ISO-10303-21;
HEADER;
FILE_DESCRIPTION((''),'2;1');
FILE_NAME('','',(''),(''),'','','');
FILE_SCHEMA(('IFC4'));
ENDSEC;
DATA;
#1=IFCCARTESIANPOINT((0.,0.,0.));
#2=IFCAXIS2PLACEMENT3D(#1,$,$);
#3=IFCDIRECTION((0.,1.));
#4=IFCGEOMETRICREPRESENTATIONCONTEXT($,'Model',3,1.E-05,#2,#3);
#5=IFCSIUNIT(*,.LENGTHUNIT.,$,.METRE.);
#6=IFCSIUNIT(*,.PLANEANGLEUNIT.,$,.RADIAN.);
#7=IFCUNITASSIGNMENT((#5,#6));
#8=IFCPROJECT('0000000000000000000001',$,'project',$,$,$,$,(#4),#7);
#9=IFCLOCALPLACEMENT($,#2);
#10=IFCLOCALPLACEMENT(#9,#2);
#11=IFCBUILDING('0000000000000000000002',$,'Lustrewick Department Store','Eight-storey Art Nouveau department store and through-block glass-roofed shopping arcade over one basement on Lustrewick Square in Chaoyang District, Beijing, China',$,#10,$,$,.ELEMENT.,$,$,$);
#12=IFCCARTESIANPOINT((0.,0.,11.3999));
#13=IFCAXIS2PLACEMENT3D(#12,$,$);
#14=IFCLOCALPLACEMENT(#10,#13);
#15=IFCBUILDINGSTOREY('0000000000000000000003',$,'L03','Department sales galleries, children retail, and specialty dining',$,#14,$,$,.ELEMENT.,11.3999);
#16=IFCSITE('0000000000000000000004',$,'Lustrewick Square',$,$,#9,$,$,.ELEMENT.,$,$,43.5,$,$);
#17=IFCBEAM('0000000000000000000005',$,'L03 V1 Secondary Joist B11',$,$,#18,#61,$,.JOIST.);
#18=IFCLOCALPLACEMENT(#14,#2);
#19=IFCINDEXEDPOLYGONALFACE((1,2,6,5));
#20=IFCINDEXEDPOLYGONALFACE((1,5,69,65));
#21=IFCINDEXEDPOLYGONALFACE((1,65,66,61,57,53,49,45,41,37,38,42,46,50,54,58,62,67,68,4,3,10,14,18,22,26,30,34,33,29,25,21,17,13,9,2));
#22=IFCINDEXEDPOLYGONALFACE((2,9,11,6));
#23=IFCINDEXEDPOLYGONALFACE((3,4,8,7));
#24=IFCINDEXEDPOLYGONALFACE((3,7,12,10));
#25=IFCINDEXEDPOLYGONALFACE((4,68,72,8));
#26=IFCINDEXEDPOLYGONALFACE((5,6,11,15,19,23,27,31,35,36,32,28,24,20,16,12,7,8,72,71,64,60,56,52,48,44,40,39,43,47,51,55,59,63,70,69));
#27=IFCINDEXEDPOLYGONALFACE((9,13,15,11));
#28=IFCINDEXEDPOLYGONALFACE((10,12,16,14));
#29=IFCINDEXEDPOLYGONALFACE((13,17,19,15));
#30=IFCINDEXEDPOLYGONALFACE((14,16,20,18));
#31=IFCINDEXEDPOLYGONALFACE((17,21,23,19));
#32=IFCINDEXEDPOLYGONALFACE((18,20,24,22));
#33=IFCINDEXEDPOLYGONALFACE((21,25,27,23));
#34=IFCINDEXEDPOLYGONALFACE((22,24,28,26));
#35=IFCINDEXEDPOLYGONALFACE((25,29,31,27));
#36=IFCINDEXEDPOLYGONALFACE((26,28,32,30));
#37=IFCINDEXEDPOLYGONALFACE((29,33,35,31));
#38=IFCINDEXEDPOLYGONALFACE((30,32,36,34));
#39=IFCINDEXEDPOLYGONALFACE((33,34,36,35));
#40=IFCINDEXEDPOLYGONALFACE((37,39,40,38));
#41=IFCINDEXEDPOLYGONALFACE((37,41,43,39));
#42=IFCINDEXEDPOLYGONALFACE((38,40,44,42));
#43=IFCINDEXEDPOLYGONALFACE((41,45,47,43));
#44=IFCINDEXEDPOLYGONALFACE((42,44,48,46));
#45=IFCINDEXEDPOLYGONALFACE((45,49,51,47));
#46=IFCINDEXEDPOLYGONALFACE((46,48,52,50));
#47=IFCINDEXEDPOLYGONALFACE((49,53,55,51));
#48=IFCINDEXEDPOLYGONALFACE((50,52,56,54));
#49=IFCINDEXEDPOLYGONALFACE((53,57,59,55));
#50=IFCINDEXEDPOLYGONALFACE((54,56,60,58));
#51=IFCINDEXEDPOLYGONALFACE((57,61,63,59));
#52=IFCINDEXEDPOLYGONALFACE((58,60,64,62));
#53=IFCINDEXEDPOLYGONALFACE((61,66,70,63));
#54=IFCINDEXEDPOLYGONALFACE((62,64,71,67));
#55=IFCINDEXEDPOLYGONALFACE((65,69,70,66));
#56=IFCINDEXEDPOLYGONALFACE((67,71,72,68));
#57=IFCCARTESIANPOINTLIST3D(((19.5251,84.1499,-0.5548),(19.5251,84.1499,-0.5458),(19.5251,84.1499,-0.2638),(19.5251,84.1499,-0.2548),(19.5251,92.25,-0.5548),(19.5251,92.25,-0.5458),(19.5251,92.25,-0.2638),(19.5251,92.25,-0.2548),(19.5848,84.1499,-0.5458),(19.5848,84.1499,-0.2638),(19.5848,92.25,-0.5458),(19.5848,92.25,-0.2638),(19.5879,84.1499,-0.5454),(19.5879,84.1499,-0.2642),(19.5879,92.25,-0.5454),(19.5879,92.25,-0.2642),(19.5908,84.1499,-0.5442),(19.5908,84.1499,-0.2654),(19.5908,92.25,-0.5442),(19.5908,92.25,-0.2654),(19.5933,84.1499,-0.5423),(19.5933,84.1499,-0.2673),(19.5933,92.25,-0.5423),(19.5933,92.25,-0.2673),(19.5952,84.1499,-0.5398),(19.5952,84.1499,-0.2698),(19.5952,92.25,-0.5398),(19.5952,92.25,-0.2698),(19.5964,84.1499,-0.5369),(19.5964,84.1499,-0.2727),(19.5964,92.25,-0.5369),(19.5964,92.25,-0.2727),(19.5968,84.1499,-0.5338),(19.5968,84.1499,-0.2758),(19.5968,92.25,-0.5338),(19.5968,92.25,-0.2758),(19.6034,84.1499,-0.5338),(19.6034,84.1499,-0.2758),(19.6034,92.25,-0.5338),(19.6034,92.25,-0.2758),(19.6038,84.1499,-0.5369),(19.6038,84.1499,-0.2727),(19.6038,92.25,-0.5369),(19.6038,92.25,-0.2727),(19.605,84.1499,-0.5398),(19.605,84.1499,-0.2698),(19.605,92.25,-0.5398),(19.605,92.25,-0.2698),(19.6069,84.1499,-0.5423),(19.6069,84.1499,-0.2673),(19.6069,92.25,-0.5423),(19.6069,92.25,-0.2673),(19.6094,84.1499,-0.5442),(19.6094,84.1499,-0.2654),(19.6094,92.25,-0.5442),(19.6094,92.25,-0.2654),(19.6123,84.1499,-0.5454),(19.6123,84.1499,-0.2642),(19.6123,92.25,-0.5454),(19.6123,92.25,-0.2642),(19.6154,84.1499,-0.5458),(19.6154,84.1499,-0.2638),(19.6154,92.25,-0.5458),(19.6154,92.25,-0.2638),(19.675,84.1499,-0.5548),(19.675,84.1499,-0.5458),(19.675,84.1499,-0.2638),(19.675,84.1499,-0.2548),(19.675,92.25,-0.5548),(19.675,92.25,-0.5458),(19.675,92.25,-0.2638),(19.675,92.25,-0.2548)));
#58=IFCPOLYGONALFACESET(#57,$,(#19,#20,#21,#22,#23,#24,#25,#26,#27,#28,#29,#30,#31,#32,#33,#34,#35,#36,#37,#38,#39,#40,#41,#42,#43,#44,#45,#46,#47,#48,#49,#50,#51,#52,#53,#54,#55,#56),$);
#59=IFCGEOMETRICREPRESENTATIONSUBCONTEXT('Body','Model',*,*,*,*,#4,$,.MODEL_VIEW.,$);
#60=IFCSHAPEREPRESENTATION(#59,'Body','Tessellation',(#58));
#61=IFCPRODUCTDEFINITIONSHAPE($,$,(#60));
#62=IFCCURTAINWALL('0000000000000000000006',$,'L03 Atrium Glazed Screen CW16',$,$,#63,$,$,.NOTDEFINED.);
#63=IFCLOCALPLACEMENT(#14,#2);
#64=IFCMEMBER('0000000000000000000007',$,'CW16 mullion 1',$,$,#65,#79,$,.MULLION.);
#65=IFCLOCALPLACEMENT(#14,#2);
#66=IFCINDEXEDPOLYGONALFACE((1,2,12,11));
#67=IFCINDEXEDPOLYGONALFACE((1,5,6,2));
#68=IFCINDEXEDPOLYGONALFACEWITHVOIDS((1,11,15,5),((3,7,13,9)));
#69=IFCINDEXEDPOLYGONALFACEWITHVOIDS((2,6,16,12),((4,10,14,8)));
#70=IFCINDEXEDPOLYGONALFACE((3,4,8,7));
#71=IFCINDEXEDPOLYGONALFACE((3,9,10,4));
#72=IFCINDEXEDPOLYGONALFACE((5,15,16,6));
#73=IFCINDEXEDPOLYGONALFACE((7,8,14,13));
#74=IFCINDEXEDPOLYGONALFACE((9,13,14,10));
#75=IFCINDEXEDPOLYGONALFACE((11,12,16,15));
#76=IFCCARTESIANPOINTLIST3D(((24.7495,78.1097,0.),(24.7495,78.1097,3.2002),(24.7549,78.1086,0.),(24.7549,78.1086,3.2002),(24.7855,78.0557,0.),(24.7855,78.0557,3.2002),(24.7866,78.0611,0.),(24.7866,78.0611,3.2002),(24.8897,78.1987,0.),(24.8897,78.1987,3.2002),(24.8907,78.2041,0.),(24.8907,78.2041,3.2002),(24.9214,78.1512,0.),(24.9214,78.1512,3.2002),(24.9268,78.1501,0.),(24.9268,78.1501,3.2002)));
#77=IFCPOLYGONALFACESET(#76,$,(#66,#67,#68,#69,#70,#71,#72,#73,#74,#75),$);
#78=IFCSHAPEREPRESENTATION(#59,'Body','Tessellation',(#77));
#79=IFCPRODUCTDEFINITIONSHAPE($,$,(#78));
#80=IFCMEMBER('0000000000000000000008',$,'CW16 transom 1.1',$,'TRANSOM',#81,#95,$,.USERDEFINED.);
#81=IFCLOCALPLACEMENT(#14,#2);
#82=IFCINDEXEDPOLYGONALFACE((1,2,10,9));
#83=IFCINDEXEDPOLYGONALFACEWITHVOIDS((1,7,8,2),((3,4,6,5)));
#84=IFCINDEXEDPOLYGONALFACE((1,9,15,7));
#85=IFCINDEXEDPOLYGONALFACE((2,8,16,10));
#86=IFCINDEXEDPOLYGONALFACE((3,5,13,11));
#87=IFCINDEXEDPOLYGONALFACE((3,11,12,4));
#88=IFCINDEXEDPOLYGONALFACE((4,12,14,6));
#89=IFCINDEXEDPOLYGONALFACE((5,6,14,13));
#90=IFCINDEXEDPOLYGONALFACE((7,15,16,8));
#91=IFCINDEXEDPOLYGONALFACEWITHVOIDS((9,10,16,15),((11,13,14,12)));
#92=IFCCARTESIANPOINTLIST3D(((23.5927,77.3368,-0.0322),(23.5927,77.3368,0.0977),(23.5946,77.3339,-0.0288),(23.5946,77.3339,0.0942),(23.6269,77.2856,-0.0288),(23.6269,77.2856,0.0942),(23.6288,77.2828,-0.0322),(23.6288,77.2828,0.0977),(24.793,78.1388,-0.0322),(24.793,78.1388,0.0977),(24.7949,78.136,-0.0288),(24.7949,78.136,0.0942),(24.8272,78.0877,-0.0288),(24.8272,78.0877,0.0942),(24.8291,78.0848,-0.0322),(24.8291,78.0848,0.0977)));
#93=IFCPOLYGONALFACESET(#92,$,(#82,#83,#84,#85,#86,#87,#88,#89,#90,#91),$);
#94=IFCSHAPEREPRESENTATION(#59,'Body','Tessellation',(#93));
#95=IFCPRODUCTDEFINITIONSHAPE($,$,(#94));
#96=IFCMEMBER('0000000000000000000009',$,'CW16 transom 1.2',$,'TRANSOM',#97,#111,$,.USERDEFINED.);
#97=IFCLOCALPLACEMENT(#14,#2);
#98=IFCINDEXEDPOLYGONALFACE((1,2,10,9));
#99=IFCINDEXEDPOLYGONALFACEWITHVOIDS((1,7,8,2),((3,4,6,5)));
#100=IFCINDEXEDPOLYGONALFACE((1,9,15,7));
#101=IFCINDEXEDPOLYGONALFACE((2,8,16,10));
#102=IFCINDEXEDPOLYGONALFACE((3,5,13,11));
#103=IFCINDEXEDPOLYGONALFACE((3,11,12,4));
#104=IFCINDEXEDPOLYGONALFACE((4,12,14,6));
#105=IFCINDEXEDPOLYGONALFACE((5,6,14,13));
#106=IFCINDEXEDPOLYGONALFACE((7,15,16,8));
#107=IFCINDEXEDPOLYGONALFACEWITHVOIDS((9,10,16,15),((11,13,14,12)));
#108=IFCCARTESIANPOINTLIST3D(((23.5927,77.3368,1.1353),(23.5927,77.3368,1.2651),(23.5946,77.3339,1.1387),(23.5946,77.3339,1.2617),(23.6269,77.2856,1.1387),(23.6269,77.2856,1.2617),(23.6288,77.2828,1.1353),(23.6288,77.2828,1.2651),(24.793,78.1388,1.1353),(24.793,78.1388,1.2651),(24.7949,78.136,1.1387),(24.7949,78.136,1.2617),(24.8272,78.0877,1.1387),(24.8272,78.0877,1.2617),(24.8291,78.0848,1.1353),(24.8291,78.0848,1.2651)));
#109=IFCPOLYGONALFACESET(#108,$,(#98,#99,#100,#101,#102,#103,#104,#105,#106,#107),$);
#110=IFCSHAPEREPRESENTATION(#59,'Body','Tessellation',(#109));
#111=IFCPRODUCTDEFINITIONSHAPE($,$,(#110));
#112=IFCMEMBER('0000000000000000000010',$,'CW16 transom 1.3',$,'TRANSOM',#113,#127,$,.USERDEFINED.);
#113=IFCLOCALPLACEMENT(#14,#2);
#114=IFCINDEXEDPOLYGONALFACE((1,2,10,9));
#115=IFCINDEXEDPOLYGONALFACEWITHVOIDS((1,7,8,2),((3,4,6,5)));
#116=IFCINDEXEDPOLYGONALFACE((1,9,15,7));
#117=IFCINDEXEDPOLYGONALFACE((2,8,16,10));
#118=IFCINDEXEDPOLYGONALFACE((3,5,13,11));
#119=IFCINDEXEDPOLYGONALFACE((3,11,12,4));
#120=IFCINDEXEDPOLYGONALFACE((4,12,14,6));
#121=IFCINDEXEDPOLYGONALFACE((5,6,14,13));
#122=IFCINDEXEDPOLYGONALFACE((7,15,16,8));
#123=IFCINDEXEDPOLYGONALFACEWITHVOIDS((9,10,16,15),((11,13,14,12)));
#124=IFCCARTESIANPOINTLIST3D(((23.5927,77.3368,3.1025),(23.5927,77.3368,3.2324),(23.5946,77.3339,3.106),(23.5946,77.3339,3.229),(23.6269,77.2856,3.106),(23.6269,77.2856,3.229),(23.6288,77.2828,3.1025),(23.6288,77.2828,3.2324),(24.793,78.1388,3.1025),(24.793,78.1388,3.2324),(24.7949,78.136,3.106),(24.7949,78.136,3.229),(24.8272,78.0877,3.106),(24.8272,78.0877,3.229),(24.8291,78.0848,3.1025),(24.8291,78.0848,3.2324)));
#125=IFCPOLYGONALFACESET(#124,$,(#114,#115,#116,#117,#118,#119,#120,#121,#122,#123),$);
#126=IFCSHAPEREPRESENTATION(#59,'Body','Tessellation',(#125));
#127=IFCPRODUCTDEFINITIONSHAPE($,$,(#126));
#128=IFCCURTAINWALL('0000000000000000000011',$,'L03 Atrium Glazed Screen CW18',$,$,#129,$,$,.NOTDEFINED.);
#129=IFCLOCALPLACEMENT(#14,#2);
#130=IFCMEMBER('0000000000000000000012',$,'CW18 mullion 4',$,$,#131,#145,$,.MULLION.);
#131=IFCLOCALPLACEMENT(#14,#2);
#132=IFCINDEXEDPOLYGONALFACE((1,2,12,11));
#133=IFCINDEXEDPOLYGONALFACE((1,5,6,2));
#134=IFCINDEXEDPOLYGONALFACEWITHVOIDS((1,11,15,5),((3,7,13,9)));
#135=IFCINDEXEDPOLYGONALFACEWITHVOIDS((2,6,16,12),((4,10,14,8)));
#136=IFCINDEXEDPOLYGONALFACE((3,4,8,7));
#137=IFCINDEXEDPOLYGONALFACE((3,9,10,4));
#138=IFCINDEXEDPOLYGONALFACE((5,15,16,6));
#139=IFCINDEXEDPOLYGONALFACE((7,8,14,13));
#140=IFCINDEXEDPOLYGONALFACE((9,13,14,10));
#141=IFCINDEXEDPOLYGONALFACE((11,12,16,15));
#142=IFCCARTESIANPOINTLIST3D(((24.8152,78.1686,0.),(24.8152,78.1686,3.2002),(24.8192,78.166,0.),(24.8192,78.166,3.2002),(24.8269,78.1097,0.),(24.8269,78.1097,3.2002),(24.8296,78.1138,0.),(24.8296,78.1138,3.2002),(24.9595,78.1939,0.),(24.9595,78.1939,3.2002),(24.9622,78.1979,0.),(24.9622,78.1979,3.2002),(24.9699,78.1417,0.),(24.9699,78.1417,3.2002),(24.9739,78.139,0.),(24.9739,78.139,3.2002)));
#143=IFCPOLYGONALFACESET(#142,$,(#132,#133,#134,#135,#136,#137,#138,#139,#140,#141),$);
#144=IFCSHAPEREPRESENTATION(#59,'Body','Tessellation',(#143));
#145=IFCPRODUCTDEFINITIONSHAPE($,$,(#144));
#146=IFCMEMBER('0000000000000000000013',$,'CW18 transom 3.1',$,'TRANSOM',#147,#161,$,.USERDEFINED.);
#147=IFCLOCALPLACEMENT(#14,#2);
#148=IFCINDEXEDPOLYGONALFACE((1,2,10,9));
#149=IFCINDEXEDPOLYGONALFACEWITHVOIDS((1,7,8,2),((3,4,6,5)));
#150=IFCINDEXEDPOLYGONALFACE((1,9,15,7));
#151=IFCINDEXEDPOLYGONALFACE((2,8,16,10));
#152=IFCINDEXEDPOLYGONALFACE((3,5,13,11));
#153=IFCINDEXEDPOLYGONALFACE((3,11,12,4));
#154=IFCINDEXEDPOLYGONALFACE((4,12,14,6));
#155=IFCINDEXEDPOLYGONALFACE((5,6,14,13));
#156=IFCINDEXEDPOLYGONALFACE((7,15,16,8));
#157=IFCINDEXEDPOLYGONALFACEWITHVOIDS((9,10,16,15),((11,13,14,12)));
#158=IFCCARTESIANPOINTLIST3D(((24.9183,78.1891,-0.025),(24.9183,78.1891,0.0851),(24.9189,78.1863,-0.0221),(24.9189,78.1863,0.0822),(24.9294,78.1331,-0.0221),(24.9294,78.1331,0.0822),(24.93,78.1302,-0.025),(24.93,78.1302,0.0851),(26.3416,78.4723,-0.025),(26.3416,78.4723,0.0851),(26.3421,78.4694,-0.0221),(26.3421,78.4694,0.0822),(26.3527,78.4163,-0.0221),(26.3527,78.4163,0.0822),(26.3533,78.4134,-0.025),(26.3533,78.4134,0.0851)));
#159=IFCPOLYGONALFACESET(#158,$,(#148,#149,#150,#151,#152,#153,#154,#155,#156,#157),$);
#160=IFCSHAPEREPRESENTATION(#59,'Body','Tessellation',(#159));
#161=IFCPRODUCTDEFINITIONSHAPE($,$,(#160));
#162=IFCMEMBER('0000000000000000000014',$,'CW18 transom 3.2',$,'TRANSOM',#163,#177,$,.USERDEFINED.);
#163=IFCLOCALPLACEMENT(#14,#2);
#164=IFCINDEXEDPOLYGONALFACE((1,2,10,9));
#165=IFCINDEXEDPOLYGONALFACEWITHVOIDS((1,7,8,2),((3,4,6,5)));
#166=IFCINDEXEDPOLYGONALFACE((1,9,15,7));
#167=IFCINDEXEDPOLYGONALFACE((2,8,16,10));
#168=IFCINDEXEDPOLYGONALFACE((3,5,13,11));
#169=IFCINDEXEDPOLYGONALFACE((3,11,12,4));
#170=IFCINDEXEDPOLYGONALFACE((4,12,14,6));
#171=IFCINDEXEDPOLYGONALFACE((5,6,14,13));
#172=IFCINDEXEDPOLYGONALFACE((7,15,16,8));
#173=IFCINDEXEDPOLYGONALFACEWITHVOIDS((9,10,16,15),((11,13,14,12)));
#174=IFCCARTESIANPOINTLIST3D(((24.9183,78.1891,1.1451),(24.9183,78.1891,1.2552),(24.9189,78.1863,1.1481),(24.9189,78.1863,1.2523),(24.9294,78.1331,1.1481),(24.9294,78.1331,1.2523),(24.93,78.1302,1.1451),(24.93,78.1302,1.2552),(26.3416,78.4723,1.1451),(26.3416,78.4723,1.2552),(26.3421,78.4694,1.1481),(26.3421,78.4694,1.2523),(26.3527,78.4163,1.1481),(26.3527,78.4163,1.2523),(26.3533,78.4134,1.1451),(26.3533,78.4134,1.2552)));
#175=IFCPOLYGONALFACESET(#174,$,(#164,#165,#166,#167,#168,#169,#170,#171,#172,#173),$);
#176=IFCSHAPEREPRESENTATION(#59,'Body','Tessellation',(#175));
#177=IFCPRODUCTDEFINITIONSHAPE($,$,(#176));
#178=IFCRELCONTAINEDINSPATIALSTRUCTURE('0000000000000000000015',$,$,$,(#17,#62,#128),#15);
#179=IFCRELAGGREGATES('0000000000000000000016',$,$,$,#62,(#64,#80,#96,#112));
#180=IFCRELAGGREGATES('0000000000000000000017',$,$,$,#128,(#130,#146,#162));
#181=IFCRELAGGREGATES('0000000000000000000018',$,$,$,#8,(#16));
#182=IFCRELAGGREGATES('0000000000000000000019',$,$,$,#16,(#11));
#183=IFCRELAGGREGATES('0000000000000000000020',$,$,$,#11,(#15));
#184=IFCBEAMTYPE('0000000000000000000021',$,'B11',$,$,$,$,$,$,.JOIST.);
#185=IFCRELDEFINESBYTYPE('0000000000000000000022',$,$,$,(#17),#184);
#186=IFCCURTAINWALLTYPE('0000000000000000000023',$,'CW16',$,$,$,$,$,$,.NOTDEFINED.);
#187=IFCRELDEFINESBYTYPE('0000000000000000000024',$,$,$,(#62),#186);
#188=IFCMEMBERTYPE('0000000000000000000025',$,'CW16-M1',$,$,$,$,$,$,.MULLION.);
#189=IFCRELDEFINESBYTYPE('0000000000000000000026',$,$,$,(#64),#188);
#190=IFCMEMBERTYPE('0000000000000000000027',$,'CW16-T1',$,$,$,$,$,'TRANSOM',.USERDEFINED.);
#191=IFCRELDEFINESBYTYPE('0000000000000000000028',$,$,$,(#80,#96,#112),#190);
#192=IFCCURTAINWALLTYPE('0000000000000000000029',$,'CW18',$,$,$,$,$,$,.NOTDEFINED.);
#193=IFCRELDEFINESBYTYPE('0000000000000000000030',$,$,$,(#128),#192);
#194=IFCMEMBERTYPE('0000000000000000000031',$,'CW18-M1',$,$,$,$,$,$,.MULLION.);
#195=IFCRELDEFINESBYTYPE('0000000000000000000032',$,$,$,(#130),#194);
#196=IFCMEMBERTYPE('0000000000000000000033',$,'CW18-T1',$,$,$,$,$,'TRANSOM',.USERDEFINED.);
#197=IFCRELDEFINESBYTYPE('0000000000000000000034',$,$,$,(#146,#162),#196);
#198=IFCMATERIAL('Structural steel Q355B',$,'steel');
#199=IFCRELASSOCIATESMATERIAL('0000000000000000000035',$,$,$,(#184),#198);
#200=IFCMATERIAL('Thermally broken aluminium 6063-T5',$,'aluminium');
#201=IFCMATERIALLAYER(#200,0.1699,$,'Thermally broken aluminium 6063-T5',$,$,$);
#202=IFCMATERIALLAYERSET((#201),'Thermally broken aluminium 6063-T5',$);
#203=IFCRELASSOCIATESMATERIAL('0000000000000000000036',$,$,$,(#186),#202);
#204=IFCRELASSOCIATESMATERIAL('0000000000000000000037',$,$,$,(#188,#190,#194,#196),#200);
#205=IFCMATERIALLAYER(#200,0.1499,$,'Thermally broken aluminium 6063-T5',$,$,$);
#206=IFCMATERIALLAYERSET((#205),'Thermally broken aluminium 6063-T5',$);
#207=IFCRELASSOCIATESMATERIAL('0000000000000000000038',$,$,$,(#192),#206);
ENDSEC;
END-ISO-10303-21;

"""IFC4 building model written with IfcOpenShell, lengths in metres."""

from ifc_helpers import new_model, si_unit, direction, frame, origin, origin_2d, place, context, subcontext, project, spatial, hollow_rectangle, i_section, extrude, material, layer, layer_set, material_profile, profile_set, type_object, element, aggregate, save


model = new_model("IFC4")

# Units and contexts
model_context = context("Model", 3, precision=1e-05, world=origin(), true_north=direction((0.0, 1.0)))
body_context = subcontext(model_context, "Body", "Model", "MODEL_VIEW")
ifc_project = project(units=[si_unit("LENGTHUNIT", "METRE"), si_unit("PLANEANGLEUNIT", "RADIAN")], contexts=[model_context])

# Site, building, storey
site_placement = place(None, origin())
site = spatial("IfcSite", under=ifc_project, at=site_placement, Name="Lustrewick Square", CompositionType="ELEMENT", RefElevation=43.5)
building_placement = place(site_placement, origin())
building = spatial("IfcBuilding", under=site, at=building_placement, Name="Lustrewick Department Store", Description="Eight-storey Art Nouveau department store and through-block glass-roofed shopping arcade over one basement on Lustrewick Square in Chaoyang District, Beijing, China", CompositionType="ELEMENT")
storey_placement = place(building_placement, frame((0.0, 0.0, 11.3999)))
storey = spatial("IfcBuildingStorey", under=building, at=storey_placement, Name="L03", Description="Department sales galleries, children retail, and specialty dining", CompositionType="ELEMENT", Elevation=11.3999)

# Shared definitions
ifc_material_1 = material(Name="Structural steel Q355B", Category="steel")

# Beam
ifc_material_profile_1 = material_profile(ifc_material_1, i_section(OverallWidth=0.1499, OverallDepth=0.3, WebThickness=0.0066, FlangeThickness=0.009, FilletRadius=0.012, at=origin_2d()), Name="HN 300x150x6.5x9")
ifc_profile_set_1 = profile_set([ifc_material_profile_1], Name="Structural steel Q355B")
beam_type_1 = type_object("IfcBeamType", Name="B11", PredefinedType="JOIST", material=ifc_profile_set_1)
beam_1_placement = place(storey_placement, frame((19.6001, 84.1499, -0.4048), z_axis=(0.0, 1.0, 0.0), x_axis=(-1.0, 0.0, 0.0)))
element("IfcBeam", 1, at=beam_1_placement, inside=storey, type_object=beam_type_1, Name="L03 V1 Secondary Joist B11", PredefinedType="JOIST", context=body_context, shape_type="SweptSolid", body=[
    extrude(i_section(OverallWidth=0.1499, OverallDepth=0.3, WebThickness=0.0066, FlangeThickness=0.009, FilletRadius=0.012, at=origin_2d()), origin(), (0.0, 0.0, 1.0), 8.1001),
])

# Curtain walls, members
ifc_material_2 = material(Name="Thermally broken aluminium 6063-T5", Category="aluminium")
ifc_layer_1 = layer(ifc_material_2, 0.1699, Name="Thermally broken aluminium 6063-T5")
ifc_layer_set_1 = layer_set([ifc_layer_1], Name="Thermally broken aluminium 6063-T5")
curtain_wall_type_1 = type_object("IfcCurtainWallType", Name="CW16", PredefinedType="NOTDEFINED", material=ifc_layer_set_1)
curtain_wall_1_placement = place(storey_placement, origin())
curtain_wall_1 = element("IfcCurtainWall", 2, at=curtain_wall_1_placement, inside=storey, type_object=curtain_wall_type_1, Name="L03 Atrium Glazed Screen CW16", PredefinedType="NOTDEFINED")
ifc_material_profile_2 = material_profile(ifc_material_2, hollow_rectangle(XDim=0.0649, YDim=0.1699, WallThickness=0.0039, at=origin_2d()), Name="ALU-M 65x170x4")
ifc_profile_set_2 = profile_set([ifc_material_profile_2], Name="Thermally broken aluminium 6063-T5")
member_type_1 = type_object("IfcMemberType", Name="CW16-M1", PredefinedType="MULLION", material=ifc_profile_set_2)
member_1_placement = place(storey_placement, frame((24.8381, 78.1299, 0.0), z_axis=(0.0, 0.0, 1.0), x_axis=(0.555578, -0.831464, 0.0)))
member_1 = element("IfcMember", 3, at=member_1_placement, type_object=member_type_1, Name="CW16 mullion 1", PredefinedType="MULLION", context=body_context, shape_type="SweptSolid", body=[
    extrude(hollow_rectangle(XDim=0.0649, YDim=0.1699, WallThickness=0.0039, at=origin_2d()), origin(), (0.0, 0.0, 1.0), 3.2002),
])
ifc_material_profile_3 = material_profile(ifc_material_2, hollow_rectangle(XDim=0.0649, YDim=0.1299, WallThickness=0.0034, at=origin_2d()), Name="ALU-T 65x130x3.5")
ifc_profile_set_3 = profile_set([ifc_material_profile_3], Name="Thermally broken aluminium 6063-T5")
member_type_2 = type_object("IfcMemberType", Name="CW16-T1", ElementType="TRANSOM", PredefinedType="USERDEFINED", material=ifc_profile_set_3)
member_2_placement = place(storey_placement, frame((24.811, 78.1118, 0.0327), z_axis=(-0.831451, -0.555598, 0.0), x_axis=(0.555598, -0.831451, 0.0)))
member_2 = element("IfcMember", 4, at=member_2_placement, type_object=member_type_2, Name="CW16 transom 1.1", ObjectType="TRANSOM", PredefinedType="USERDEFINED", context=body_context, shape_type="SweptSolid", body=[
    extrude(hollow_rectangle(XDim=0.0649, YDim=0.1299, WallThickness=0.0034, at=origin_2d()), origin(), (0.0, 0.0, 1.0), 1.4436),
])
member_3_placement = place(storey_placement, frame((24.811, 78.1118, 1.2002), z_axis=(-0.831451, -0.555598, 0.0), x_axis=(0.555598, -0.831451, 0.0)))
member_3 = element("IfcMember", 5, at=member_3_placement, type_object=member_type_2, Name="CW16 transom 1.2", ObjectType="TRANSOM", PredefinedType="USERDEFINED", context=body_context, shape_type="SweptSolid", body=[
    extrude(hollow_rectangle(XDim=0.0649, YDim=0.1299, WallThickness=0.0034, at=origin_2d()), origin(), (0.0, 0.0, 1.0), 1.4436),
])
member_4_placement = place(storey_placement, frame((24.811, 78.1118, 3.1675), z_axis=(-0.831451, -0.555598, 0.0), x_axis=(0.555598, -0.831451, 0.0)))
member_4 = element("IfcMember", 6, at=member_4_placement, type_object=member_type_2, Name="CW16 transom 1.3", ObjectType="TRANSOM", PredefinedType="USERDEFINED", context=body_context, shape_type="SweptSolid", body=[
    extrude(hollow_rectangle(XDim=0.0649, YDim=0.1299, WallThickness=0.0034, at=origin_2d()), origin(), (0.0, 0.0, 1.0), 1.4436),
])
aggregate(curtain_wall_1, [member_1, member_2, member_3, member_4])
ifc_layer_2 = layer(ifc_material_2, 0.1499, Name="Thermally broken aluminium 6063-T5")
ifc_layer_set_2 = layer_set([ifc_layer_2], Name="Thermally broken aluminium 6063-T5")
curtain_wall_type_2 = type_object("IfcCurtainWallType", Name="CW18", PredefinedType="NOTDEFINED", material=ifc_layer_set_2)
curtain_wall_2_placement = place(storey_placement, origin())
curtain_wall_2 = element("IfcCurtainWall", 7, at=curtain_wall_2_placement, inside=storey, type_object=curtain_wall_type_2, Name="L03 Atrium Glazed Screen CW18", PredefinedType="NOTDEFINED")
ifc_material_profile_4 = material_profile(ifc_material_2, hollow_rectangle(XDim=0.0601, YDim=0.1499, WallThickness=0.0034, at=origin_2d()), Name="ALU-M 60x150x3.5")
ifc_profile_set_4 = profile_set([ifc_material_profile_4], Name="Thermally broken aluminium 6063-T5")
member_type_3 = type_object("IfcMemberType", Name="CW18-M1", PredefinedType="MULLION", material=ifc_profile_set_4)
member_5_placement = place(storey_placement, frame((24.8945, 78.1538, 0.0), z_axis=(0.0, 0.0, 1.0), x_axis=(0.195085, -0.980786, 0.0)))
member_5 = element("IfcMember", 8, at=member_5_placement, type_object=member_type_3, Name="CW18 mullion 4", PredefinedType="MULLION", context=body_context, shape_type="SweptSolid", body=[
    extrude(hollow_rectangle(XDim=0.0601, YDim=0.1499, WallThickness=0.0034, at=origin_2d()), origin(), (0.0, 0.0, 1.0), 3.2002),
])
ifc_material_profile_5 = material_profile(ifc_material_2, hollow_rectangle(XDim=0.0601, YDim=0.1101, WallThickness=0.0029, at=origin_2d()), Name="ALU-T 60x110x3")
ifc_profile_set_5 = profile_set([ifc_material_profile_5], Name="Thermally broken aluminium 6063-T5")
member_type_4 = type_object("IfcMemberType", Name="CW18-T1", ElementType="TRANSOM", PredefinedType="USERDEFINED", material=ifc_profile_set_5)
member_6_placement = place(storey_placement, frame((26.3474, 78.4429, 0.03), z_axis=(-0.980774, -0.195145, 0.0), x_axis=(0.195145, -0.980774, 0.0)))
member_6 = element("IfcMember", 9, at=member_6_placement, type_object=member_type_4, Name="CW18 transom 3.1", ObjectType="TRANSOM", PredefinedType="USERDEFINED", context=body_context, shape_type="SweptSolid", body=[
    extrude(hollow_rectangle(XDim=0.0601, YDim=0.1101, WallThickness=0.0029, at=origin_2d()), origin(), (0.0, 0.0, 1.0), 1.4512),
])
member_7_placement = place(storey_placement, frame((26.3474, 78.4429, 1.2002), z_axis=(-0.980774, -0.195145, 0.0), x_axis=(0.195145, -0.980774, 0.0)))
member_7 = element("IfcMember", 10, at=member_7_placement, type_object=member_type_4, Name="CW18 transom 3.2", ObjectType="TRANSOM", PredefinedType="USERDEFINED", context=body_context, shape_type="SweptSolid", body=[
    extrude(hollow_rectangle(XDim=0.0601, YDim=0.1101, WallThickness=0.0029, at=origin_2d()), origin(), (0.0, 0.0, 1.0), 1.4512),
])

aggregate(curtain_wall_2, [member_5, member_6, member_7])

save(model, "model.ifc")
